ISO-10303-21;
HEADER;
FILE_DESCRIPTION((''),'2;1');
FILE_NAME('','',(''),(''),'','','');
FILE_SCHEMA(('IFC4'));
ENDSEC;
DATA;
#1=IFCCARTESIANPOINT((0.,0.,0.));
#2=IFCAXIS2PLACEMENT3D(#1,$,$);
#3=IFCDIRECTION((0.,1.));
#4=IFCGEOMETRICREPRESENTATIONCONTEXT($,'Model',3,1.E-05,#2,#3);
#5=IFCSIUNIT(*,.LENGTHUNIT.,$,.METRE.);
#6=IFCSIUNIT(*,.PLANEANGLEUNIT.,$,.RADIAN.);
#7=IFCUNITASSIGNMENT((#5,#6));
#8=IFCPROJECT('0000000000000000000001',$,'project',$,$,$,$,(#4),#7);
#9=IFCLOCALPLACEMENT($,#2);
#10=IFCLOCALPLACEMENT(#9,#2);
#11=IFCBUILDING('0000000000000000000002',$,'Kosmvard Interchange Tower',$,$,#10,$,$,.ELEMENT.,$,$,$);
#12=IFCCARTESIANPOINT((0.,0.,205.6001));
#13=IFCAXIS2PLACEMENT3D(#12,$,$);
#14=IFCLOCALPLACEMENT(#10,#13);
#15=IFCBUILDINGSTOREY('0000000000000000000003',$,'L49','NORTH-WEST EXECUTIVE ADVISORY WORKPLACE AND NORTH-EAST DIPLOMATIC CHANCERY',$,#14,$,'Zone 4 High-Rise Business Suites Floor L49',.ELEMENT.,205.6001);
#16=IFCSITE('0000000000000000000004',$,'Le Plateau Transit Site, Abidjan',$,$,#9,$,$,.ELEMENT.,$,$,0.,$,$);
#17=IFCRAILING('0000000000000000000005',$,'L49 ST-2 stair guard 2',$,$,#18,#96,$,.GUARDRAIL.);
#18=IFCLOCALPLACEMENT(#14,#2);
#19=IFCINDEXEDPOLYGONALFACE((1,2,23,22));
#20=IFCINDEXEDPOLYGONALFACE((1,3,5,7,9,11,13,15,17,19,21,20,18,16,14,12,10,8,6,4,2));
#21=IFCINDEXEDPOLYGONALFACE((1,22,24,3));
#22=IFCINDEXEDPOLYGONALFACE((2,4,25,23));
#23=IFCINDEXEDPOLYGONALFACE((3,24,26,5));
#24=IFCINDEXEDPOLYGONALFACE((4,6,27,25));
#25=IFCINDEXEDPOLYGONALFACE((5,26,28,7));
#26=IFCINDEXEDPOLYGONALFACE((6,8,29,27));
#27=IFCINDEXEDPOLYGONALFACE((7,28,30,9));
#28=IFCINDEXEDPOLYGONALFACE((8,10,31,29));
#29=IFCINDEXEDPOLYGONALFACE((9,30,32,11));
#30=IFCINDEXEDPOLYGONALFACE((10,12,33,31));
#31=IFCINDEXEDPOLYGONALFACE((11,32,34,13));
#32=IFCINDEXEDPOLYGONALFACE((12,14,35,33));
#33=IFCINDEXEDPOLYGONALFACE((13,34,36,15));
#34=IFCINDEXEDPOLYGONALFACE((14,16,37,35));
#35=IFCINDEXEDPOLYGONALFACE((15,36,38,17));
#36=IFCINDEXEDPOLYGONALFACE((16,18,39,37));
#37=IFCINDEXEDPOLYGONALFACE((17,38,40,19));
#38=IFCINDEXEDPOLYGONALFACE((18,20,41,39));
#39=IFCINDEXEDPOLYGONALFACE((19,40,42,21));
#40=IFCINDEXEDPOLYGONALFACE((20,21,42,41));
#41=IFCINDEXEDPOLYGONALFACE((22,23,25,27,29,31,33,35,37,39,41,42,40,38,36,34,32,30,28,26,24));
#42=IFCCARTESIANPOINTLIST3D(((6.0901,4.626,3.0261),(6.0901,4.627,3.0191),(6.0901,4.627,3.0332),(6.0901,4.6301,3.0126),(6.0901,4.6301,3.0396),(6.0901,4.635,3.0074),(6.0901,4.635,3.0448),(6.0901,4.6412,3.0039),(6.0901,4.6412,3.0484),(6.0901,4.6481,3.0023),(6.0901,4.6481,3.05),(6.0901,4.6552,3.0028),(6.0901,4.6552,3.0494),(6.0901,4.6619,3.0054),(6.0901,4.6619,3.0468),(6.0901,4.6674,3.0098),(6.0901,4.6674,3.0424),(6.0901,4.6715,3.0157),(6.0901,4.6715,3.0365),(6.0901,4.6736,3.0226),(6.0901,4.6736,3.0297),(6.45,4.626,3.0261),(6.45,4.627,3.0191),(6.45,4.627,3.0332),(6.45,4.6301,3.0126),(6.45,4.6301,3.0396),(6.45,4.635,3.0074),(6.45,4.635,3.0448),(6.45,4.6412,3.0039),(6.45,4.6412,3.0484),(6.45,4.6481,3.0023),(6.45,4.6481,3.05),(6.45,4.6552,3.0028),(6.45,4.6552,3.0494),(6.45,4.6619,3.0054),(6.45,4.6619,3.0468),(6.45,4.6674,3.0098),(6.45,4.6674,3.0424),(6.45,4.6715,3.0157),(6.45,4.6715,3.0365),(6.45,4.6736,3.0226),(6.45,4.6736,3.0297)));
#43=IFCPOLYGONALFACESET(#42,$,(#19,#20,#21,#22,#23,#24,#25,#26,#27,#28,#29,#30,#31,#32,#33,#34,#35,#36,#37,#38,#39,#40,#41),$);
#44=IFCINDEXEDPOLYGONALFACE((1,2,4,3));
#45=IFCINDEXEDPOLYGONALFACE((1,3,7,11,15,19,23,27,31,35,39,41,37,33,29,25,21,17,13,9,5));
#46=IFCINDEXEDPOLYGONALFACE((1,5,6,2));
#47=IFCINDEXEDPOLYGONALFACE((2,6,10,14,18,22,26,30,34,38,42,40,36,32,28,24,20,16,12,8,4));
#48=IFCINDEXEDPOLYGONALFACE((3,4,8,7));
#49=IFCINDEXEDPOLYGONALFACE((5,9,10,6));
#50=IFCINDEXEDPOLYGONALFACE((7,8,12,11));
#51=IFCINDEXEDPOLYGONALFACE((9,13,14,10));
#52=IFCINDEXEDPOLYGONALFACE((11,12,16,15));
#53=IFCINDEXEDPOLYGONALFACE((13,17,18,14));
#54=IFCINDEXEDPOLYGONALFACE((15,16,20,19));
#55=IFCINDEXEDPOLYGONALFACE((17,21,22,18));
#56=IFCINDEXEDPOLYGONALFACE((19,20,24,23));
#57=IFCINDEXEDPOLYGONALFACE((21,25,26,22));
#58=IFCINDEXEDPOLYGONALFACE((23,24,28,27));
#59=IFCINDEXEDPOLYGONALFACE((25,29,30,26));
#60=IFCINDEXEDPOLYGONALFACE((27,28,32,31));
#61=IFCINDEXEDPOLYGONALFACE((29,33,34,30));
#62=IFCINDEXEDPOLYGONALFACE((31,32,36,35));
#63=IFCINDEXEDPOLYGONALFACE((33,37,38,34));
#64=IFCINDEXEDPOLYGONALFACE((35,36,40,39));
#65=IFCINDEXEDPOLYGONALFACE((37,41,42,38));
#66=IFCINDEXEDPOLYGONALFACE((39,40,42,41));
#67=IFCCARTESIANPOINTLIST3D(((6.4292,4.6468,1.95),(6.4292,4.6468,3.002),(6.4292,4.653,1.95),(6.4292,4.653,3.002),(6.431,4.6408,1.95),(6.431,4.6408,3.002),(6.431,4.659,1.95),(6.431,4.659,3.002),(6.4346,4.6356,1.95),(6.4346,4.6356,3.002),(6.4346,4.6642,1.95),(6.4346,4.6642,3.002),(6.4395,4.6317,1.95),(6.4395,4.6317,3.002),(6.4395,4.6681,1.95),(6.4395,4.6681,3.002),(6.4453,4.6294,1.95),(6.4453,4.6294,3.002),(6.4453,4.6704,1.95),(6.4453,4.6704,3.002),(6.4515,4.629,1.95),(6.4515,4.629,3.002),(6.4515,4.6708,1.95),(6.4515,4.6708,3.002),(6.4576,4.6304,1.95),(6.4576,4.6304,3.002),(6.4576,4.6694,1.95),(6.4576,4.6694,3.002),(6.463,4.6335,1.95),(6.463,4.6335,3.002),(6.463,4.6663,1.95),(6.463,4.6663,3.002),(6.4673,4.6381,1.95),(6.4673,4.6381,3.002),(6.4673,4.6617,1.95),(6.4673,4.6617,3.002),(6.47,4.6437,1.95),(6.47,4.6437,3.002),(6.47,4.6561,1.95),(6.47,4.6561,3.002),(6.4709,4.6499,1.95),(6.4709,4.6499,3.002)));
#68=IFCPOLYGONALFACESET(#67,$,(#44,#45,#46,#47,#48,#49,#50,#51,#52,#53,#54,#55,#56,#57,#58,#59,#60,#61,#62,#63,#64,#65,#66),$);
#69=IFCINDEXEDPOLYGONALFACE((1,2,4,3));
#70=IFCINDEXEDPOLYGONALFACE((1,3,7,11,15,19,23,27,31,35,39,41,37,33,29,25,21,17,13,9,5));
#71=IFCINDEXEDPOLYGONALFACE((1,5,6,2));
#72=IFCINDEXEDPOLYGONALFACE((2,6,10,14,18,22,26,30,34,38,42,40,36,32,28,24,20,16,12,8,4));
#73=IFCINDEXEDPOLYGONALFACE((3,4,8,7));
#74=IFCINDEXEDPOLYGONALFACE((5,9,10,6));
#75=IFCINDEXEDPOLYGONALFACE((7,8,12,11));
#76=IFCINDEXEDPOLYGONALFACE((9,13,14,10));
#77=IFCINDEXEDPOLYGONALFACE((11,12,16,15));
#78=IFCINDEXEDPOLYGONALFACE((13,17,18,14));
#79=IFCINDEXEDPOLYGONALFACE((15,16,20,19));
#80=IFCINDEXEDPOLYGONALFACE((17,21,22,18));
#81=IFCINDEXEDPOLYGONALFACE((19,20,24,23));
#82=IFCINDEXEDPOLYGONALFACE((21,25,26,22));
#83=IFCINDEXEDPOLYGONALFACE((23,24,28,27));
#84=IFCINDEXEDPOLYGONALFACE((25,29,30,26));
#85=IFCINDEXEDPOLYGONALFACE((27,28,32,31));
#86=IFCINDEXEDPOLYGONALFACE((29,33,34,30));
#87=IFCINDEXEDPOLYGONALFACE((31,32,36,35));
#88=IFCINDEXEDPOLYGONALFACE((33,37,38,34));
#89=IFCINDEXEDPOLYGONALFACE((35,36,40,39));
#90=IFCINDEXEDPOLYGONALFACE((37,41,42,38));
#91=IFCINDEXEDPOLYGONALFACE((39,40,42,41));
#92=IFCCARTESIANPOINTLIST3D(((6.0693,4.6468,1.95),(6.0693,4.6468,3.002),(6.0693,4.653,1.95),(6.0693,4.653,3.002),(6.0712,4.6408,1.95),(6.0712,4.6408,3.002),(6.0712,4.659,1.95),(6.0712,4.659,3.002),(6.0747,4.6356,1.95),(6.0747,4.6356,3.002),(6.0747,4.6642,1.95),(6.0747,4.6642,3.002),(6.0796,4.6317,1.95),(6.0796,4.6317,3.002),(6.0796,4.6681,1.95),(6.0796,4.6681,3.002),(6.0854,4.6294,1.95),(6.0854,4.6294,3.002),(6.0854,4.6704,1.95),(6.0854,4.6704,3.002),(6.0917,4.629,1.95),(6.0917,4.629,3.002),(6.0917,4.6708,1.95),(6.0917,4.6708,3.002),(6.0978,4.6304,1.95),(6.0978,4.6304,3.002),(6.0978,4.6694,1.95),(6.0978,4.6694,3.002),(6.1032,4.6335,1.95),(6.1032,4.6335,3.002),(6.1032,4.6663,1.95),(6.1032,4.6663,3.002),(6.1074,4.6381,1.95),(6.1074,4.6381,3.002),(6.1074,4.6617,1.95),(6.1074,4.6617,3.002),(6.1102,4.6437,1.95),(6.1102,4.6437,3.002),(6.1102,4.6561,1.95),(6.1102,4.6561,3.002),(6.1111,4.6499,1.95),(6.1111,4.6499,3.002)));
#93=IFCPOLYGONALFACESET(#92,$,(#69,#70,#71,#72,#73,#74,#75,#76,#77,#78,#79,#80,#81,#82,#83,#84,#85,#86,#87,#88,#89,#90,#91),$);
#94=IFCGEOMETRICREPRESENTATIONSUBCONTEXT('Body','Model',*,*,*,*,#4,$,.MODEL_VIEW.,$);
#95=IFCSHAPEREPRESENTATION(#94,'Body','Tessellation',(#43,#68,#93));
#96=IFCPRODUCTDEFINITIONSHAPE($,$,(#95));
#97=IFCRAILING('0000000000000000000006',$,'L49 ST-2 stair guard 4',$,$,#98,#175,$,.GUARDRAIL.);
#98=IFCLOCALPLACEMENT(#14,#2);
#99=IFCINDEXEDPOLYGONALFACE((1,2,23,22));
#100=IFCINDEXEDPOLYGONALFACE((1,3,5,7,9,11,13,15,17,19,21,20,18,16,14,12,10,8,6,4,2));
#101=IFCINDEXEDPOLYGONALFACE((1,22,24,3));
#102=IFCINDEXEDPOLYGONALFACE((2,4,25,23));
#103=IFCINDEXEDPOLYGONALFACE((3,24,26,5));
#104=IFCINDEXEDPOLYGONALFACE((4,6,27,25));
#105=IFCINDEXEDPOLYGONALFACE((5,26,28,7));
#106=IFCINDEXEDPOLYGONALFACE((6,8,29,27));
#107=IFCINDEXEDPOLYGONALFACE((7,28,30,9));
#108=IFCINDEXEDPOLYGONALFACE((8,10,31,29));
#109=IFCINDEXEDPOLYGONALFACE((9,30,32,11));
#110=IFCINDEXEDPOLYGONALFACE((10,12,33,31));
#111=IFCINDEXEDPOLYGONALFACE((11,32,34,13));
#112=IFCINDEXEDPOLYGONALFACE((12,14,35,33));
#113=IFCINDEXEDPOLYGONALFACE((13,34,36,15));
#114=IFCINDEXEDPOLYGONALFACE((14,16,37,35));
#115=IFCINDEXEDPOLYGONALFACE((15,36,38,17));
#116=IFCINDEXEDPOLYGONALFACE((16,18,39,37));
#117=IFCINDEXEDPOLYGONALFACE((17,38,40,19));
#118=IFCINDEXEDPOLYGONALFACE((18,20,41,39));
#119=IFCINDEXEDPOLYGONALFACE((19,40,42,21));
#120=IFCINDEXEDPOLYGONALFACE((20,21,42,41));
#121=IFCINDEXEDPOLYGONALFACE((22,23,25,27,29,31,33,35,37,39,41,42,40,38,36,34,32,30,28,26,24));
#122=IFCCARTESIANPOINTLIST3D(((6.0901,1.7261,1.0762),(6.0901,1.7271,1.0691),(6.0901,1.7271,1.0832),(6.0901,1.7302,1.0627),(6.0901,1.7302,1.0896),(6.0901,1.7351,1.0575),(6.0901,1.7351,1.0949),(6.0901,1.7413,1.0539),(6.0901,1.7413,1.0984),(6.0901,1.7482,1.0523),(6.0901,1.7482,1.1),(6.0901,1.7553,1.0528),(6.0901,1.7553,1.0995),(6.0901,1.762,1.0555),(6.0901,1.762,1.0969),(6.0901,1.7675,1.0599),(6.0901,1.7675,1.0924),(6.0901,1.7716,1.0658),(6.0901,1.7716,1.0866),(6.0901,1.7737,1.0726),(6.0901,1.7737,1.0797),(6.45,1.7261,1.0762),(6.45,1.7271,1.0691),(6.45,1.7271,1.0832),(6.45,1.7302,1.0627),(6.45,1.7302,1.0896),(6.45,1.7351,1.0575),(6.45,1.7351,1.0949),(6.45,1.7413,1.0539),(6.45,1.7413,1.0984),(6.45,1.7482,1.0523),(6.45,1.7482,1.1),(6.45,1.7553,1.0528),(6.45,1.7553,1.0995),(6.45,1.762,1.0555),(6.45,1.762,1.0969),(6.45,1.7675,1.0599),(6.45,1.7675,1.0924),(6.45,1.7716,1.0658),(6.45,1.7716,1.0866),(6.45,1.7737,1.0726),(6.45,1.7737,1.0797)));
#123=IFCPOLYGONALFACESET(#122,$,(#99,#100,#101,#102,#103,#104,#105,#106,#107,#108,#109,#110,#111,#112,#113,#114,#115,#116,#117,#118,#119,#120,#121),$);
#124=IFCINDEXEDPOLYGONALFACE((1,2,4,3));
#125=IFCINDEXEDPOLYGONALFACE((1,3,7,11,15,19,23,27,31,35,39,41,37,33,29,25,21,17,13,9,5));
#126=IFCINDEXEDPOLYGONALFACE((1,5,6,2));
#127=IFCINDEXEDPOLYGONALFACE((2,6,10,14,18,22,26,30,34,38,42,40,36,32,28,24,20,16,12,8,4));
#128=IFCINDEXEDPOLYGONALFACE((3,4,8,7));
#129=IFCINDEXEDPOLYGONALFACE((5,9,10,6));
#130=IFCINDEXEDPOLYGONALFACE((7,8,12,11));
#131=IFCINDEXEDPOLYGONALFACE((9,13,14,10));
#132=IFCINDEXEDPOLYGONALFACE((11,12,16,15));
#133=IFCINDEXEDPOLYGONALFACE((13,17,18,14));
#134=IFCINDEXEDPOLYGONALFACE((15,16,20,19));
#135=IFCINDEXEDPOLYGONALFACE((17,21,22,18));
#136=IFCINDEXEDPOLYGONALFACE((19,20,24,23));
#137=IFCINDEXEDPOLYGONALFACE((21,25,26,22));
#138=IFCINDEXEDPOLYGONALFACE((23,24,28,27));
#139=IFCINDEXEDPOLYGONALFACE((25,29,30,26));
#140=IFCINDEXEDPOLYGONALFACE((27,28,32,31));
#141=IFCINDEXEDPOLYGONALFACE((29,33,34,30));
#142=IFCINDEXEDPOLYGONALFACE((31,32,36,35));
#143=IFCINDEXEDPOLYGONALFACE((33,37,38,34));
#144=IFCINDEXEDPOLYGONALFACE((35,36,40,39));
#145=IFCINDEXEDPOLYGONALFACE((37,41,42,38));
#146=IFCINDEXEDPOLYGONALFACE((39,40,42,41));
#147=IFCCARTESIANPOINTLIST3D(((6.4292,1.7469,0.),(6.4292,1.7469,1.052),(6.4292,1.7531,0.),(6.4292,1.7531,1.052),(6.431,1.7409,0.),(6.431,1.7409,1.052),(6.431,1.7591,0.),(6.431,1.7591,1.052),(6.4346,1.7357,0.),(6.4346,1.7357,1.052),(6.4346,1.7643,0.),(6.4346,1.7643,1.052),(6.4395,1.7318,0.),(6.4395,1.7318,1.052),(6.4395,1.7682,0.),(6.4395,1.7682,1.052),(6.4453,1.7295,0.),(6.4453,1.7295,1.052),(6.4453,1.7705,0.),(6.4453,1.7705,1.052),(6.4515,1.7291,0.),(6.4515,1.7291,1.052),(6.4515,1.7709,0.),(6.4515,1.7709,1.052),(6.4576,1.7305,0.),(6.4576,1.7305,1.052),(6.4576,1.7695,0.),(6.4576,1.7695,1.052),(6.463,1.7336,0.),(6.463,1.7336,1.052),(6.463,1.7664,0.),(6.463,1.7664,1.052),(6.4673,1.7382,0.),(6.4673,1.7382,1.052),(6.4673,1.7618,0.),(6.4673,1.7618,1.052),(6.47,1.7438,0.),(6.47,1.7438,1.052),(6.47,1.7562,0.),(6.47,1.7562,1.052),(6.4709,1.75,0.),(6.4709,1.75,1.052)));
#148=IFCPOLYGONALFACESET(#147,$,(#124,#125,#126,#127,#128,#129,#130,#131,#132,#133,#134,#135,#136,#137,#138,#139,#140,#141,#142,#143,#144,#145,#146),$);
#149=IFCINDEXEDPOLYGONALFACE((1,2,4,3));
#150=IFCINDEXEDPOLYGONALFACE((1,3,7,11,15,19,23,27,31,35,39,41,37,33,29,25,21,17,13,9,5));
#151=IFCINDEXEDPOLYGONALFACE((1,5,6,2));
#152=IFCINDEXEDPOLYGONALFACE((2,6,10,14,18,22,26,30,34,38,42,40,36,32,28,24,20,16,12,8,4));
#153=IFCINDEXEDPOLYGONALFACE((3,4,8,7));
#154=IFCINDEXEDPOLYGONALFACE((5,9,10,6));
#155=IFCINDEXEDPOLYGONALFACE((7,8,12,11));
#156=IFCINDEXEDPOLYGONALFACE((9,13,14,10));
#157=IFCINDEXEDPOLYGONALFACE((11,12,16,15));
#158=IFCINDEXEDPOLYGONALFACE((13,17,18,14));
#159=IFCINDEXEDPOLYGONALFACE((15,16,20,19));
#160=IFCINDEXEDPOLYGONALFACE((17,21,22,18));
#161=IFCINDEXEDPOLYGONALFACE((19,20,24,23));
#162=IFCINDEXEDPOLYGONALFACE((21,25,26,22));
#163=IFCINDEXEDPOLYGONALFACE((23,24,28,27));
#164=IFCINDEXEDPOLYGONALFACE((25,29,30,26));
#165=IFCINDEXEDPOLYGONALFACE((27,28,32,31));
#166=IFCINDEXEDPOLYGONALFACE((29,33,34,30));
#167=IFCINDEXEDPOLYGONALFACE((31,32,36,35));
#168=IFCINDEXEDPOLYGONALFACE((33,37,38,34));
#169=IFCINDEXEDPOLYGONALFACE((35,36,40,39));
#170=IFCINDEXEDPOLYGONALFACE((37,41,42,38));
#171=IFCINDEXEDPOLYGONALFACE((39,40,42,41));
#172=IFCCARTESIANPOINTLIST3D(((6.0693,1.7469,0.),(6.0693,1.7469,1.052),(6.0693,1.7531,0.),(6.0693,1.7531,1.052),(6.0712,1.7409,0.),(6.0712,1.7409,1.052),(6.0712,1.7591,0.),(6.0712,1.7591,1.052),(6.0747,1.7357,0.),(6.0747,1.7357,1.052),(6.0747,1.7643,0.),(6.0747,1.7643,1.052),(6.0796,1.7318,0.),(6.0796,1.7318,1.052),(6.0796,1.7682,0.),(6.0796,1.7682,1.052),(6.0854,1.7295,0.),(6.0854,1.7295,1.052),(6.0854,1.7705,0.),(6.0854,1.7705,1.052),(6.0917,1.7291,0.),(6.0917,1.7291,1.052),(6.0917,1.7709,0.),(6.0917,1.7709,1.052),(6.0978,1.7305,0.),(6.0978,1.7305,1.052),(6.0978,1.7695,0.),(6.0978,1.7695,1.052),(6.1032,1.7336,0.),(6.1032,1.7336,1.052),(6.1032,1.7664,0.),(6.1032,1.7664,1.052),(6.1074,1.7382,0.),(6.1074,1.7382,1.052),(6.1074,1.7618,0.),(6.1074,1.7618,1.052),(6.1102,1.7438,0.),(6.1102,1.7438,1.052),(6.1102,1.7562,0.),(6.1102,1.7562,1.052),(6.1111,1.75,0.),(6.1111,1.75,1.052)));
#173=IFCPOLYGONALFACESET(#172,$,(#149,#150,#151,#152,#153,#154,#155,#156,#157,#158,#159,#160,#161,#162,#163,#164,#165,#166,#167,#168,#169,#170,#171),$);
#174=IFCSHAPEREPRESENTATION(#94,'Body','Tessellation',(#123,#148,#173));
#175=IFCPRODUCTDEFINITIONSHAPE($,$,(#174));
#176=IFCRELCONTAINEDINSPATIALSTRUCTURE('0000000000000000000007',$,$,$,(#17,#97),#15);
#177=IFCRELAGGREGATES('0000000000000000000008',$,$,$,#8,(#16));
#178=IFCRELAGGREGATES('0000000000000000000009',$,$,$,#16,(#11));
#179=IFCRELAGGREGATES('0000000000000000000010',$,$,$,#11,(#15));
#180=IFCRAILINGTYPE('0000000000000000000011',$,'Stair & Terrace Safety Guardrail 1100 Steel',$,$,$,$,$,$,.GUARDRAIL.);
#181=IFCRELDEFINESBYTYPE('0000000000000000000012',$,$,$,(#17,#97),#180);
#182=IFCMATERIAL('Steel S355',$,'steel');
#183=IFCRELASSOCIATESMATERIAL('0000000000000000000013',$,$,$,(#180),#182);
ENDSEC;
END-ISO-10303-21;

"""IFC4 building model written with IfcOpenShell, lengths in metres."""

from ifc_helpers import new_model, si_unit, direction, frame, origin, origin_2d, place, context, subcontext, project, spatial, circle, extrude, source, transform, mapped, material, type_object, element, save


model = new_model("IFC4")

# Units and contexts
model_context = context("Model", 3, precision=1e-05, world=origin(), true_north=direction((0.0, 1.0)))
body_context = subcontext(model_context, "Body", "Model", "MODEL_VIEW")
ifc_project = project(units=[si_unit("LENGTHUNIT", "METRE"), si_unit("PLANEANGLEUNIT", "RADIAN")], contexts=[model_context])

# Site, building, storey
site_placement = place(None, origin())
site = spatial("IfcSite", under=ifc_project, at=site_placement, Name="Le Plateau Transit Site, Abidjan", CompositionType="ELEMENT", RefElevation=0.0)
building_placement = place(site_placement, origin())
building = spatial("IfcBuilding", under=site, at=building_placement, Name="Kosmvard Interchange Tower", CompositionType="ELEMENT")
storey_placement = place(building_placement, frame((0.0, 0.0, 205.6001)))
storey = spatial("IfcBuildingStorey", under=building, at=storey_placement, Name="L49", Description="NORTH-WEST EXECUTIVE ADVISORY WORKPLACE AND NORTH-EAST DIPLOMATIC CHANCERY", LongName="Zone 4 High-Rise Business Suites Floor L49", CompositionType="ELEMENT", Elevation=205.6001)

# Railings
ifc_material_1 = material(Name="Steel S355", Category="steel")
railing_type_1 = type_object("IfcRailingType", Name="Stair & Terrace Safety Guardrail 1100 Steel", PredefinedType="GUARDRAIL", material=ifc_material_1)
shared_shape_1 = source(origin(), body_context, "Body", "SweptSolid", [
    extrude(circle(Radius=0.0239, at=origin_2d()), frame((0.0, 0.0, 1.0762), z_axis=(-1.0, 0.0, 0.0), x_axis=(0.0, -1.0, 0.0)), (0.0, 0.0, 1.0), 0.3599),
    extrude(circle(Radius=0.021, at=origin_2d()), origin(), (0.0, 0.0, 1.0), 1.052),
    extrude(circle(Radius=0.021, at=origin_2d()), frame((-0.3599, 0.0, 0.0)), (0.0, 0.0, 1.0), 1.052),
])
for number, where, name in (
    (1, (6.45, 4.6499, 1.95), "L49 ST-2 stair guard 2"),
    (2, (6.45, 1.75, 0.0), "L49 ST-2 stair guard 4"),
):
    element("IfcRailing", number, at=place(storey_placement, frame(where)), inside=storey, type_object=railing_type_1, Name=name, PredefinedType="GUARDRAIL", context=body_context, shape_type="MappedRepresentation", body=[
        mapped(shared_shape_1, transform((0.0, 0.0, 0.0), scale=1.0)),
    ])

save(model, "model.ifc")
